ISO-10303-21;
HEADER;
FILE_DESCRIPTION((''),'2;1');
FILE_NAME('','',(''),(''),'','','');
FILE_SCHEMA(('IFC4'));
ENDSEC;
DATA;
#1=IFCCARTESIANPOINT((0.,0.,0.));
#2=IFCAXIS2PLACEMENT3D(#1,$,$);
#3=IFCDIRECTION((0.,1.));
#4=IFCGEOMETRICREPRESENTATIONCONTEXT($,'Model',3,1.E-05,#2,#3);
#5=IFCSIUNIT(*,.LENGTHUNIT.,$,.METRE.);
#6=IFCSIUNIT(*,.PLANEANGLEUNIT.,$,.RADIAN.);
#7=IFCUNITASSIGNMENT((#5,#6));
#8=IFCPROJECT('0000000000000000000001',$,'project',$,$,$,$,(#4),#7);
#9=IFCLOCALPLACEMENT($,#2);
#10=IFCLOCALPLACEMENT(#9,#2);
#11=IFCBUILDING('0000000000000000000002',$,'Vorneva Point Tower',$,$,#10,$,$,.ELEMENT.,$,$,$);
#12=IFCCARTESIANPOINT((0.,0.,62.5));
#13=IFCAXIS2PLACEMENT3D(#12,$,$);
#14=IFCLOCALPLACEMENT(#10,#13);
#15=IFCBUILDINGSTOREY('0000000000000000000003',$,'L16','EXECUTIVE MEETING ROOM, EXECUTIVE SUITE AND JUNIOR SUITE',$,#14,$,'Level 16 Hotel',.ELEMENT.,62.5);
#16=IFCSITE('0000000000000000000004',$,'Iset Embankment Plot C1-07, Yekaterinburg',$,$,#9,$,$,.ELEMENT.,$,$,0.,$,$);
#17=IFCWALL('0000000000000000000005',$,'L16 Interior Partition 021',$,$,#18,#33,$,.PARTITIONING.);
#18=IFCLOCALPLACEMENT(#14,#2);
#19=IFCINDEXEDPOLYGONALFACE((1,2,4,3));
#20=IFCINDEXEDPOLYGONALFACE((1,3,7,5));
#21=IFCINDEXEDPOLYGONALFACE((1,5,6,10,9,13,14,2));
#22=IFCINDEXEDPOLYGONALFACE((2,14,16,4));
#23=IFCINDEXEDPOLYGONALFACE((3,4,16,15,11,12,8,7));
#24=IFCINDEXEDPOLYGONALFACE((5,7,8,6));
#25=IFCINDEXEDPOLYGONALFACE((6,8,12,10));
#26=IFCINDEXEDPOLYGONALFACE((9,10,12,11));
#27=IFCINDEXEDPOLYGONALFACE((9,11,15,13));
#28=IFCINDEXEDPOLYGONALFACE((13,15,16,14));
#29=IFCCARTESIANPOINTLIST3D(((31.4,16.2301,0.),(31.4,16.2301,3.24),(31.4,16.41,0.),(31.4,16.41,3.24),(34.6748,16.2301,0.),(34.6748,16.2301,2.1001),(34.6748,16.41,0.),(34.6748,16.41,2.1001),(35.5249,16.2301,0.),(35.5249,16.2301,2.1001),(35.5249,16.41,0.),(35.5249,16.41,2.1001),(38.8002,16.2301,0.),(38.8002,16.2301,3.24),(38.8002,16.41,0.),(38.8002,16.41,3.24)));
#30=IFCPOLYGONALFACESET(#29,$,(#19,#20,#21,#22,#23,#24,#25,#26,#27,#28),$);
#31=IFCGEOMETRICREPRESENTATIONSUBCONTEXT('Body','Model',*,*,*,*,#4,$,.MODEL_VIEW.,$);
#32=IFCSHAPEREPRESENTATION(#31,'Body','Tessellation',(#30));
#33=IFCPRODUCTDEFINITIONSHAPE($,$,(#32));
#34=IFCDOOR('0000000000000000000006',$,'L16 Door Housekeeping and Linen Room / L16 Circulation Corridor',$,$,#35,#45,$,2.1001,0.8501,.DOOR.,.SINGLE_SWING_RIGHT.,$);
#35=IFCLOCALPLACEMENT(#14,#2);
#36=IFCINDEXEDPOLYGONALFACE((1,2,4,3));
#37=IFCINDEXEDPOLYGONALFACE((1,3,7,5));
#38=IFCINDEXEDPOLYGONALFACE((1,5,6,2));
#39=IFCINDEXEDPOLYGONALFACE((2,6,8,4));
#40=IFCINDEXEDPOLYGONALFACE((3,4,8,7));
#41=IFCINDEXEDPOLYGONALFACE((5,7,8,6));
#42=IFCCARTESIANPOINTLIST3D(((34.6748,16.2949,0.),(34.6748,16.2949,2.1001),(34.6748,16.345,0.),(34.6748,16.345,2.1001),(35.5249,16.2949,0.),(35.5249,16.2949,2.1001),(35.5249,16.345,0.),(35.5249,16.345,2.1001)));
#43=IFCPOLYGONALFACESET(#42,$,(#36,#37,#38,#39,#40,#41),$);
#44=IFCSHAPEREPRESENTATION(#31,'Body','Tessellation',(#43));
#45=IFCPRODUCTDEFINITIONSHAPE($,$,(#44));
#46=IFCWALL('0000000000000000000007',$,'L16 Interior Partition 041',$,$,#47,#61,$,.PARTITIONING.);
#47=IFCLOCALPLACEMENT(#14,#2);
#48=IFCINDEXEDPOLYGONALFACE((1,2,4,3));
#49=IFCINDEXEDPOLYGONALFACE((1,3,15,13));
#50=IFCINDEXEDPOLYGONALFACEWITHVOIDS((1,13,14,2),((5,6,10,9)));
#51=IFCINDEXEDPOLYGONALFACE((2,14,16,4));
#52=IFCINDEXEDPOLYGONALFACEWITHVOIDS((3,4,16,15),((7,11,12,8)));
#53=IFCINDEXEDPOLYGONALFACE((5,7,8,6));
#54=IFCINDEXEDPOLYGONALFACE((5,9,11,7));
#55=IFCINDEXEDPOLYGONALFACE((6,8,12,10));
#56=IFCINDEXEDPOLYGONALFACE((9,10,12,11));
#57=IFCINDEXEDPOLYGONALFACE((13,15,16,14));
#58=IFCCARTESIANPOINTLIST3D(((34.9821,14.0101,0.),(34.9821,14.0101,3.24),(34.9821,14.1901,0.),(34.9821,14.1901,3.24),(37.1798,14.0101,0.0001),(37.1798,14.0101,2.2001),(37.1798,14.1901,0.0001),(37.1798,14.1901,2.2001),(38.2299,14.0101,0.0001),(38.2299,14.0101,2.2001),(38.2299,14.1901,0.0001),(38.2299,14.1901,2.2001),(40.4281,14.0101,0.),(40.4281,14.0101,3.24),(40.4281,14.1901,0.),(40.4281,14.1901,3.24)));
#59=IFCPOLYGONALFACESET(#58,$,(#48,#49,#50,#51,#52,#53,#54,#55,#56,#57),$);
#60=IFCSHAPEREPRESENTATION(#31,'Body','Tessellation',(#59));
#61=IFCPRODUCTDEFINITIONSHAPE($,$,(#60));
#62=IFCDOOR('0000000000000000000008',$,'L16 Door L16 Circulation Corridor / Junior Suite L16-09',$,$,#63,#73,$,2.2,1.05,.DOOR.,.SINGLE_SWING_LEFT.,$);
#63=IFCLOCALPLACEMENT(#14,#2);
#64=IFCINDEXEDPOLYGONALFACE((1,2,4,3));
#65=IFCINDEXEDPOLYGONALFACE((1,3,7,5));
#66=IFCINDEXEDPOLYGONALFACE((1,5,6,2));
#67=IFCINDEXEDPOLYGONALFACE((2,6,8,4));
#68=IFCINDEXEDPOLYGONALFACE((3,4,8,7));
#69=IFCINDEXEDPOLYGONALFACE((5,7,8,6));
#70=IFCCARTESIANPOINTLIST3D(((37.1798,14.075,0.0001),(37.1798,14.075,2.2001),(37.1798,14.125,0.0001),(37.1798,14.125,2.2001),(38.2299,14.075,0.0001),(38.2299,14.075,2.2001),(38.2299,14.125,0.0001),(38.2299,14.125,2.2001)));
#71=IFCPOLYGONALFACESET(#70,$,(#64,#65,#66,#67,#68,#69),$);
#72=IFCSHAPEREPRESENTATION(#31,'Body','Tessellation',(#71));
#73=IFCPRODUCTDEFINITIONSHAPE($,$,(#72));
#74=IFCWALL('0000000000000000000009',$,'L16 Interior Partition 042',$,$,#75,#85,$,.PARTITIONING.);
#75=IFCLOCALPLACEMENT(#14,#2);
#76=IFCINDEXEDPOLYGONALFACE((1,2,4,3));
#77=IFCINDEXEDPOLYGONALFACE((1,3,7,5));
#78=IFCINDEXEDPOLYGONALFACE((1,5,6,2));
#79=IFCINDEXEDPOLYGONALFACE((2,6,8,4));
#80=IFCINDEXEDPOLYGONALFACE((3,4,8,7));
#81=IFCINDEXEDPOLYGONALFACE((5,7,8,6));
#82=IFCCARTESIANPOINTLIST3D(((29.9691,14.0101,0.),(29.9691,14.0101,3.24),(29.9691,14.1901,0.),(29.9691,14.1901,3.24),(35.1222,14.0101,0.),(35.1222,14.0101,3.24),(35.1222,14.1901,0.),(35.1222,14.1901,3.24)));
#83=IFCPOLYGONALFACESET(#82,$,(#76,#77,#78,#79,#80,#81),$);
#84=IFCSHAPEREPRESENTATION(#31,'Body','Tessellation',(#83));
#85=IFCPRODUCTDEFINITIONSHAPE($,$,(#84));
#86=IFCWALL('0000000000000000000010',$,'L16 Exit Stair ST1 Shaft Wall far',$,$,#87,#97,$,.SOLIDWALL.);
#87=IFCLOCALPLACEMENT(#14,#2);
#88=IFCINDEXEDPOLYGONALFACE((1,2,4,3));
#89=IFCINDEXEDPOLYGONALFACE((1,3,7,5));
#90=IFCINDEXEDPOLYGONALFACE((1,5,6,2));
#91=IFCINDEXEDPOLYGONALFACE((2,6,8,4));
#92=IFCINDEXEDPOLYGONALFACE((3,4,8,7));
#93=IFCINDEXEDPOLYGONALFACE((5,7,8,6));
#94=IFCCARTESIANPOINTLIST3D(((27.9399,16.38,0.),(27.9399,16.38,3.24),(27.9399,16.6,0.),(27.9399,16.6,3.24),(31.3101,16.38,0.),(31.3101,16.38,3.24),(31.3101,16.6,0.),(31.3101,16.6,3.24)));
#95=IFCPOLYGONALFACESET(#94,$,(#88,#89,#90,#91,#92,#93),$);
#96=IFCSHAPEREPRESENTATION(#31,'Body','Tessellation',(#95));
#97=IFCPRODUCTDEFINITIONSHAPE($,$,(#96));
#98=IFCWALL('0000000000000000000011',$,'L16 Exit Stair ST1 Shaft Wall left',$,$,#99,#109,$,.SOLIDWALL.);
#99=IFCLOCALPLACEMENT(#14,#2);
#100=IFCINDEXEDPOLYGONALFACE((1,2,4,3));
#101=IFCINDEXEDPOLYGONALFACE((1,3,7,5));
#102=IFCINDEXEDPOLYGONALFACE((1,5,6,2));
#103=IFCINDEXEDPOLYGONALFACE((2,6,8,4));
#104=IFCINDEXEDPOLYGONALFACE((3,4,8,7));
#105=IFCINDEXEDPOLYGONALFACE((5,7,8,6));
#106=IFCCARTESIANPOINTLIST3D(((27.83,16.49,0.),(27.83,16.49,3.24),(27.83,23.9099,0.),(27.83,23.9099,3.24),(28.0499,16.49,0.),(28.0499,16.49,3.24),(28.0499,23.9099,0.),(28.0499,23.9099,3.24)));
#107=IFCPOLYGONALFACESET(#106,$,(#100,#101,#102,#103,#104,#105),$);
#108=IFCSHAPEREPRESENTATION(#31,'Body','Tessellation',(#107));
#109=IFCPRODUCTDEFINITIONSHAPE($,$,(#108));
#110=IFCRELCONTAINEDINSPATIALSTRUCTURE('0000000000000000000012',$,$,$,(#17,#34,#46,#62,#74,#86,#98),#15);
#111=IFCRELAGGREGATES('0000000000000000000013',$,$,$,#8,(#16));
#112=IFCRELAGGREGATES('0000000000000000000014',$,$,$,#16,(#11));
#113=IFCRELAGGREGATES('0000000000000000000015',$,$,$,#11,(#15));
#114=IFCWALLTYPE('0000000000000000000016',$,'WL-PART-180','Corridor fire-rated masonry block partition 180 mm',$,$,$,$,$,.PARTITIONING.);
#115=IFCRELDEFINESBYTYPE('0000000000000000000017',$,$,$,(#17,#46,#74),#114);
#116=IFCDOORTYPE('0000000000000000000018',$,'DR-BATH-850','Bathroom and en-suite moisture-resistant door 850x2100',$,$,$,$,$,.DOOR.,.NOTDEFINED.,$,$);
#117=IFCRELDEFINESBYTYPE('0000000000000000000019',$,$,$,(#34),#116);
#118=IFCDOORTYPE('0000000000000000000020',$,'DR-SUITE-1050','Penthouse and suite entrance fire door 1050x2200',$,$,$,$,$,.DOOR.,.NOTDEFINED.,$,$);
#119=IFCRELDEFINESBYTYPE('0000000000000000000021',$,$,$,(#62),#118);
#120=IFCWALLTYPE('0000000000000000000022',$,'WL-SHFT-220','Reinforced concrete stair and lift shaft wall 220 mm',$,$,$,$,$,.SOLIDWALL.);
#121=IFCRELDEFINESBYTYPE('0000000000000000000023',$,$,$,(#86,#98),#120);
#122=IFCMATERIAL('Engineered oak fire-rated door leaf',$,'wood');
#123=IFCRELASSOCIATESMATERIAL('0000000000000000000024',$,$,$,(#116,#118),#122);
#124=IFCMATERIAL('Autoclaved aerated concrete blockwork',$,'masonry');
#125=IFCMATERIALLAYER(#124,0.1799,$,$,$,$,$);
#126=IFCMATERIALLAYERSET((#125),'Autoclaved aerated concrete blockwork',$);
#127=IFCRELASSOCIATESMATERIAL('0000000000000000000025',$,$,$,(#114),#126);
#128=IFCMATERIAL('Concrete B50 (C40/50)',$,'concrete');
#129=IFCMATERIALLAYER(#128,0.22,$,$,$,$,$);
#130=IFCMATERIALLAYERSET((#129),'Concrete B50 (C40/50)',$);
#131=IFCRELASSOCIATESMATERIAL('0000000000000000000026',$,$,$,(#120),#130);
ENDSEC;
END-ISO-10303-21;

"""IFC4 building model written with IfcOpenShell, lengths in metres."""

from ifc_helpers import new_model, si_unit, direction, frame, frame_2d, origin, place, context, subcontext, project, spatial, rectangle, extrude, material, layer, layer_set, type_object, element, fill, save


model = new_model("IFC4")

# Units and contexts
model_context = context("Model", 3, precision=1e-05, world=origin(), true_north=direction((0.0, 1.0)))
body_context = subcontext(model_context, "Body", "Model", "MODEL_VIEW")
ifc_project = project(units=[si_unit("LENGTHUNIT", "METRE"), si_unit("PLANEANGLEUNIT", "RADIAN")], contexts=[model_context])

# Site, building, storey
site_placement = place(None, origin())
site = spatial("IfcSite", under=ifc_project, at=site_placement, Name="Iset Embankment Plot C1-07, Yekaterinburg", CompositionType="ELEMENT", RefElevation=0.0)
building_placement = place(site_placement, origin())
building = spatial("IfcBuilding", under=site, at=building_placement, Name="Vorneva Point Tower", CompositionType="ELEMENT")
storey_placement = place(building_placement, frame((0.0, 0.0, 62.5)))
storey = spatial("IfcBuildingStorey", under=building, at=storey_placement, Name="L16", Description="EXECUTIVE MEETING ROOM, EXECUTIVE SUITE AND JUNIOR SUITE", LongName="Level 16 Hotel", CompositionType="ELEMENT", Elevation=62.5)

# Shared definitions
ifc_material_1 = material(Name="Engineered oak fire-rated door leaf", Category="wood")
door_type_1 = type_object("IfcDoorType", Name="DR-BATH-850", Description="Bathroom and en-suite moisture-resistant door 850x2100", OperationType="NOTDEFINED", PredefinedType="DOOR", material=ifc_material_1)

# Walls, openings, doors
ifc_material_2 = material(Name="Autoclaved aerated concrete blockwork", Category="masonry")
ifc_layer_1 = layer(ifc_material_2, 0.1799)
ifc_layer_set_1 = layer_set([ifc_layer_1], Name="Autoclaved aerated concrete blockwork")
wall_type_1 = type_object("IfcWallType", Name="WL-PART-180", Description="Corridor fire-rated masonry block partition 180 mm", PredefinedType="PARTITIONING", material=ifc_layer_set_1)
wall_1_placement = place(storey_placement, frame((31.3999, 16.3201, 0.0), z_axis=(0.0, 0.0, 1.0), x_axis=(1.0, 0.0, 0.0)))
wall_1 = element("IfcWall", 1, at=wall_1_placement, inside=storey, type_object=wall_type_1, Name="L16 Interior Partition 021", PredefinedType="PARTITIONING", context=body_context, shape_type="SweptSolid", body=[
    extrude(rectangle(XDim=7.4001, YDim=0.1799, at=frame_2d((3.7002, 0.0))), origin(), (0.0, 0.0, 1.0), 3.24),
])
opening_1_placement = place(wall_1_placement, frame((3.2749, 0.0, 0.0)))
opening_1 = element("IfcOpeningElement", 2, at=opening_1_placement, cuts=wall_1, PredefinedType="OPENING", context=body_context, shape_type="SweptSolid", body=[
    extrude(rectangle(XDim=0.8501, YDim=2.1001, at=frame_2d((0.425, 1.05))), frame((0.0, 0.105, 0.0), z_axis=(0.0, -1.0, 0.0), x_axis=(1.0, 0.0, 0.0)), (0.0, 0.0, 1.0), 0.2097),
])
door_1_placement = place(opening_1_placement, origin())
door_1 = element("IfcDoor", 3, at=door_1_placement, inside=storey, type_object=door_type_1, Name="L16 Door Housekeeping and Linen Room / L16 Circulation Corridor", OperationType="SINGLE_SWING_RIGHT", OverallHeight=2.1001, OverallWidth=0.8501, PredefinedType="DOOR", context=body_context, shape_type="SweptSolid", body=[
    extrude(rectangle(XDim=0.8501, YDim=2.1001, at=frame_2d((0.425, 1.05))), frame((0.0, 0.0249, 0.0), z_axis=(0.0, -1.0, 0.0), x_axis=(1.0, 0.0, 0.0)), (0.0, 0.0, 1.0), 0.05),
])
fill(opening_1, door_1)
wall_2_placement = place(storey_placement, frame((34.9819, 14.1001, 0.0), z_axis=(0.0, 0.0, 1.0), x_axis=(1.0, 0.0, 0.0)))
wall_2 = element("IfcWall", 4, at=wall_2_placement, inside=storey, type_object=wall_type_1, Name="L16 Interior Partition 041", PredefinedType="PARTITIONING", context=body_context, shape_type="SweptSolid", body=[
    extrude(rectangle(XDim=5.446, YDim=0.1799, at=frame_2d((2.7231, 0.0))), origin(), (0.0, 0.0, 1.0), 3.24),
])
opening_2_placement = place(wall_2_placement, frame((2.198, 0.0, 0.0)))
opening_2 = element("IfcOpeningElement", 5, at=opening_2_placement, cuts=wall_2, PredefinedType="OPENING", context=body_context, shape_type="SweptSolid", body=[
    extrude(rectangle(XDim=1.05, YDim=2.2, at=frame_2d((0.5249, 1.1001))), frame((0.0, 0.105, 0.0), z_axis=(0.0, -1.0, 0.0), x_axis=(1.0, 0.0, 0.0)), (0.0, 0.0, 1.0), 0.2097),
])
door_type_2 = type_object("IfcDoorType", Name="DR-SUITE-1050", Description="Penthouse and suite entrance fire door 1050x2200", OperationType="NOTDEFINED", PredefinedType="DOOR", material=ifc_material_1)
door_2_placement = place(opening_2_placement, origin())
door_2 = element("IfcDoor", 6, at=door_2_placement, inside=storey, type_object=door_type_2, Name="L16 Door L16 Circulation Corridor / Junior Suite L16-09", OperationType="SINGLE_SWING_LEFT", OverallHeight=2.2, OverallWidth=1.05, PredefinedType="DOOR", context=body_context, shape_type="SweptSolid", body=[
    extrude(rectangle(XDim=1.05, YDim=2.2, at=frame_2d((0.5249, 1.1001))), frame((0.0, 0.0249, 0.0), z_axis=(0.0, -1.0, 0.0), x_axis=(1.0, 0.0, 0.0)), (0.0, 0.0, 1.0), 0.05),
])
fill(opening_2, door_2)

# Walls
wall_3_placement = place(storey_placement, frame((29.969, 14.1001, 0.0), z_axis=(0.0, 0.0, 1.0), x_axis=(1.0, 0.0, 0.0)))
element("IfcWall", 7, at=wall_3_placement, inside=storey, type_object=wall_type_1, Name="L16 Interior Partition 042", PredefinedType="PARTITIONING", context=body_context, shape_type="SweptSolid", body=[
    extrude(rectangle(XDim=5.1531, YDim=0.1799, at=frame_2d((2.5767, 0.0))), origin(), (0.0, 0.0, 1.0), 3.24),
])
ifc_material_3 = material(Name="Concrete B50 (C40/50)", Category="concrete")
ifc_layer_2 = layer(ifc_material_3, 0.22)
ifc_layer_set_2 = layer_set([ifc_layer_2], Name="Concrete B50 (C40/50)")
wall_type_2 = type_object("IfcWallType", Name="WL-SHFT-220", Description="Reinforced concrete stair and lift shaft wall 220 mm", PredefinedType="SOLIDWALL", material=ifc_layer_set_2)
wall_4_placement = place(storey_placement, frame((31.3101, 16.49, 0.0), z_axis=(0.0, 0.0, 1.0), x_axis=(-1.0, 0.0, 0.0)))
element("IfcWall", 8, at=wall_4_placement, inside=storey, type_object=wall_type_2, Name="L16 Exit Stair ST1 Shaft Wall far", PredefinedType="SOLIDWALL", context=body_context, shape_type="SweptSolid", body=[
    extrude(rectangle(XDim=3.3701, YDim=0.22, at=frame_2d((1.6851, 0.0))), origin(), (0.0, 0.0, 1.0), 3.24),
])
wall_5_placement = place(storey_placement, frame((27.9399, 16.49, 0.0), z_axis=(0.0, 0.0, 1.0), x_axis=(0.0, 1.0, 0.0)))
element("IfcWall", 9, at=wall_5_placement, inside=storey, type_object=wall_type_2, Name="L16 Exit Stair ST1 Shaft Wall left", PredefinedType="SOLIDWALL", context=body_context, shape_type="SweptSolid", body=[
    extrude(rectangle(XDim=7.4199, YDim=0.22, at=frame_2d((3.71, 0.0))), origin(), (0.0, 0.0, 1.0), 3.24),
])

save(model, "model.ifc")
